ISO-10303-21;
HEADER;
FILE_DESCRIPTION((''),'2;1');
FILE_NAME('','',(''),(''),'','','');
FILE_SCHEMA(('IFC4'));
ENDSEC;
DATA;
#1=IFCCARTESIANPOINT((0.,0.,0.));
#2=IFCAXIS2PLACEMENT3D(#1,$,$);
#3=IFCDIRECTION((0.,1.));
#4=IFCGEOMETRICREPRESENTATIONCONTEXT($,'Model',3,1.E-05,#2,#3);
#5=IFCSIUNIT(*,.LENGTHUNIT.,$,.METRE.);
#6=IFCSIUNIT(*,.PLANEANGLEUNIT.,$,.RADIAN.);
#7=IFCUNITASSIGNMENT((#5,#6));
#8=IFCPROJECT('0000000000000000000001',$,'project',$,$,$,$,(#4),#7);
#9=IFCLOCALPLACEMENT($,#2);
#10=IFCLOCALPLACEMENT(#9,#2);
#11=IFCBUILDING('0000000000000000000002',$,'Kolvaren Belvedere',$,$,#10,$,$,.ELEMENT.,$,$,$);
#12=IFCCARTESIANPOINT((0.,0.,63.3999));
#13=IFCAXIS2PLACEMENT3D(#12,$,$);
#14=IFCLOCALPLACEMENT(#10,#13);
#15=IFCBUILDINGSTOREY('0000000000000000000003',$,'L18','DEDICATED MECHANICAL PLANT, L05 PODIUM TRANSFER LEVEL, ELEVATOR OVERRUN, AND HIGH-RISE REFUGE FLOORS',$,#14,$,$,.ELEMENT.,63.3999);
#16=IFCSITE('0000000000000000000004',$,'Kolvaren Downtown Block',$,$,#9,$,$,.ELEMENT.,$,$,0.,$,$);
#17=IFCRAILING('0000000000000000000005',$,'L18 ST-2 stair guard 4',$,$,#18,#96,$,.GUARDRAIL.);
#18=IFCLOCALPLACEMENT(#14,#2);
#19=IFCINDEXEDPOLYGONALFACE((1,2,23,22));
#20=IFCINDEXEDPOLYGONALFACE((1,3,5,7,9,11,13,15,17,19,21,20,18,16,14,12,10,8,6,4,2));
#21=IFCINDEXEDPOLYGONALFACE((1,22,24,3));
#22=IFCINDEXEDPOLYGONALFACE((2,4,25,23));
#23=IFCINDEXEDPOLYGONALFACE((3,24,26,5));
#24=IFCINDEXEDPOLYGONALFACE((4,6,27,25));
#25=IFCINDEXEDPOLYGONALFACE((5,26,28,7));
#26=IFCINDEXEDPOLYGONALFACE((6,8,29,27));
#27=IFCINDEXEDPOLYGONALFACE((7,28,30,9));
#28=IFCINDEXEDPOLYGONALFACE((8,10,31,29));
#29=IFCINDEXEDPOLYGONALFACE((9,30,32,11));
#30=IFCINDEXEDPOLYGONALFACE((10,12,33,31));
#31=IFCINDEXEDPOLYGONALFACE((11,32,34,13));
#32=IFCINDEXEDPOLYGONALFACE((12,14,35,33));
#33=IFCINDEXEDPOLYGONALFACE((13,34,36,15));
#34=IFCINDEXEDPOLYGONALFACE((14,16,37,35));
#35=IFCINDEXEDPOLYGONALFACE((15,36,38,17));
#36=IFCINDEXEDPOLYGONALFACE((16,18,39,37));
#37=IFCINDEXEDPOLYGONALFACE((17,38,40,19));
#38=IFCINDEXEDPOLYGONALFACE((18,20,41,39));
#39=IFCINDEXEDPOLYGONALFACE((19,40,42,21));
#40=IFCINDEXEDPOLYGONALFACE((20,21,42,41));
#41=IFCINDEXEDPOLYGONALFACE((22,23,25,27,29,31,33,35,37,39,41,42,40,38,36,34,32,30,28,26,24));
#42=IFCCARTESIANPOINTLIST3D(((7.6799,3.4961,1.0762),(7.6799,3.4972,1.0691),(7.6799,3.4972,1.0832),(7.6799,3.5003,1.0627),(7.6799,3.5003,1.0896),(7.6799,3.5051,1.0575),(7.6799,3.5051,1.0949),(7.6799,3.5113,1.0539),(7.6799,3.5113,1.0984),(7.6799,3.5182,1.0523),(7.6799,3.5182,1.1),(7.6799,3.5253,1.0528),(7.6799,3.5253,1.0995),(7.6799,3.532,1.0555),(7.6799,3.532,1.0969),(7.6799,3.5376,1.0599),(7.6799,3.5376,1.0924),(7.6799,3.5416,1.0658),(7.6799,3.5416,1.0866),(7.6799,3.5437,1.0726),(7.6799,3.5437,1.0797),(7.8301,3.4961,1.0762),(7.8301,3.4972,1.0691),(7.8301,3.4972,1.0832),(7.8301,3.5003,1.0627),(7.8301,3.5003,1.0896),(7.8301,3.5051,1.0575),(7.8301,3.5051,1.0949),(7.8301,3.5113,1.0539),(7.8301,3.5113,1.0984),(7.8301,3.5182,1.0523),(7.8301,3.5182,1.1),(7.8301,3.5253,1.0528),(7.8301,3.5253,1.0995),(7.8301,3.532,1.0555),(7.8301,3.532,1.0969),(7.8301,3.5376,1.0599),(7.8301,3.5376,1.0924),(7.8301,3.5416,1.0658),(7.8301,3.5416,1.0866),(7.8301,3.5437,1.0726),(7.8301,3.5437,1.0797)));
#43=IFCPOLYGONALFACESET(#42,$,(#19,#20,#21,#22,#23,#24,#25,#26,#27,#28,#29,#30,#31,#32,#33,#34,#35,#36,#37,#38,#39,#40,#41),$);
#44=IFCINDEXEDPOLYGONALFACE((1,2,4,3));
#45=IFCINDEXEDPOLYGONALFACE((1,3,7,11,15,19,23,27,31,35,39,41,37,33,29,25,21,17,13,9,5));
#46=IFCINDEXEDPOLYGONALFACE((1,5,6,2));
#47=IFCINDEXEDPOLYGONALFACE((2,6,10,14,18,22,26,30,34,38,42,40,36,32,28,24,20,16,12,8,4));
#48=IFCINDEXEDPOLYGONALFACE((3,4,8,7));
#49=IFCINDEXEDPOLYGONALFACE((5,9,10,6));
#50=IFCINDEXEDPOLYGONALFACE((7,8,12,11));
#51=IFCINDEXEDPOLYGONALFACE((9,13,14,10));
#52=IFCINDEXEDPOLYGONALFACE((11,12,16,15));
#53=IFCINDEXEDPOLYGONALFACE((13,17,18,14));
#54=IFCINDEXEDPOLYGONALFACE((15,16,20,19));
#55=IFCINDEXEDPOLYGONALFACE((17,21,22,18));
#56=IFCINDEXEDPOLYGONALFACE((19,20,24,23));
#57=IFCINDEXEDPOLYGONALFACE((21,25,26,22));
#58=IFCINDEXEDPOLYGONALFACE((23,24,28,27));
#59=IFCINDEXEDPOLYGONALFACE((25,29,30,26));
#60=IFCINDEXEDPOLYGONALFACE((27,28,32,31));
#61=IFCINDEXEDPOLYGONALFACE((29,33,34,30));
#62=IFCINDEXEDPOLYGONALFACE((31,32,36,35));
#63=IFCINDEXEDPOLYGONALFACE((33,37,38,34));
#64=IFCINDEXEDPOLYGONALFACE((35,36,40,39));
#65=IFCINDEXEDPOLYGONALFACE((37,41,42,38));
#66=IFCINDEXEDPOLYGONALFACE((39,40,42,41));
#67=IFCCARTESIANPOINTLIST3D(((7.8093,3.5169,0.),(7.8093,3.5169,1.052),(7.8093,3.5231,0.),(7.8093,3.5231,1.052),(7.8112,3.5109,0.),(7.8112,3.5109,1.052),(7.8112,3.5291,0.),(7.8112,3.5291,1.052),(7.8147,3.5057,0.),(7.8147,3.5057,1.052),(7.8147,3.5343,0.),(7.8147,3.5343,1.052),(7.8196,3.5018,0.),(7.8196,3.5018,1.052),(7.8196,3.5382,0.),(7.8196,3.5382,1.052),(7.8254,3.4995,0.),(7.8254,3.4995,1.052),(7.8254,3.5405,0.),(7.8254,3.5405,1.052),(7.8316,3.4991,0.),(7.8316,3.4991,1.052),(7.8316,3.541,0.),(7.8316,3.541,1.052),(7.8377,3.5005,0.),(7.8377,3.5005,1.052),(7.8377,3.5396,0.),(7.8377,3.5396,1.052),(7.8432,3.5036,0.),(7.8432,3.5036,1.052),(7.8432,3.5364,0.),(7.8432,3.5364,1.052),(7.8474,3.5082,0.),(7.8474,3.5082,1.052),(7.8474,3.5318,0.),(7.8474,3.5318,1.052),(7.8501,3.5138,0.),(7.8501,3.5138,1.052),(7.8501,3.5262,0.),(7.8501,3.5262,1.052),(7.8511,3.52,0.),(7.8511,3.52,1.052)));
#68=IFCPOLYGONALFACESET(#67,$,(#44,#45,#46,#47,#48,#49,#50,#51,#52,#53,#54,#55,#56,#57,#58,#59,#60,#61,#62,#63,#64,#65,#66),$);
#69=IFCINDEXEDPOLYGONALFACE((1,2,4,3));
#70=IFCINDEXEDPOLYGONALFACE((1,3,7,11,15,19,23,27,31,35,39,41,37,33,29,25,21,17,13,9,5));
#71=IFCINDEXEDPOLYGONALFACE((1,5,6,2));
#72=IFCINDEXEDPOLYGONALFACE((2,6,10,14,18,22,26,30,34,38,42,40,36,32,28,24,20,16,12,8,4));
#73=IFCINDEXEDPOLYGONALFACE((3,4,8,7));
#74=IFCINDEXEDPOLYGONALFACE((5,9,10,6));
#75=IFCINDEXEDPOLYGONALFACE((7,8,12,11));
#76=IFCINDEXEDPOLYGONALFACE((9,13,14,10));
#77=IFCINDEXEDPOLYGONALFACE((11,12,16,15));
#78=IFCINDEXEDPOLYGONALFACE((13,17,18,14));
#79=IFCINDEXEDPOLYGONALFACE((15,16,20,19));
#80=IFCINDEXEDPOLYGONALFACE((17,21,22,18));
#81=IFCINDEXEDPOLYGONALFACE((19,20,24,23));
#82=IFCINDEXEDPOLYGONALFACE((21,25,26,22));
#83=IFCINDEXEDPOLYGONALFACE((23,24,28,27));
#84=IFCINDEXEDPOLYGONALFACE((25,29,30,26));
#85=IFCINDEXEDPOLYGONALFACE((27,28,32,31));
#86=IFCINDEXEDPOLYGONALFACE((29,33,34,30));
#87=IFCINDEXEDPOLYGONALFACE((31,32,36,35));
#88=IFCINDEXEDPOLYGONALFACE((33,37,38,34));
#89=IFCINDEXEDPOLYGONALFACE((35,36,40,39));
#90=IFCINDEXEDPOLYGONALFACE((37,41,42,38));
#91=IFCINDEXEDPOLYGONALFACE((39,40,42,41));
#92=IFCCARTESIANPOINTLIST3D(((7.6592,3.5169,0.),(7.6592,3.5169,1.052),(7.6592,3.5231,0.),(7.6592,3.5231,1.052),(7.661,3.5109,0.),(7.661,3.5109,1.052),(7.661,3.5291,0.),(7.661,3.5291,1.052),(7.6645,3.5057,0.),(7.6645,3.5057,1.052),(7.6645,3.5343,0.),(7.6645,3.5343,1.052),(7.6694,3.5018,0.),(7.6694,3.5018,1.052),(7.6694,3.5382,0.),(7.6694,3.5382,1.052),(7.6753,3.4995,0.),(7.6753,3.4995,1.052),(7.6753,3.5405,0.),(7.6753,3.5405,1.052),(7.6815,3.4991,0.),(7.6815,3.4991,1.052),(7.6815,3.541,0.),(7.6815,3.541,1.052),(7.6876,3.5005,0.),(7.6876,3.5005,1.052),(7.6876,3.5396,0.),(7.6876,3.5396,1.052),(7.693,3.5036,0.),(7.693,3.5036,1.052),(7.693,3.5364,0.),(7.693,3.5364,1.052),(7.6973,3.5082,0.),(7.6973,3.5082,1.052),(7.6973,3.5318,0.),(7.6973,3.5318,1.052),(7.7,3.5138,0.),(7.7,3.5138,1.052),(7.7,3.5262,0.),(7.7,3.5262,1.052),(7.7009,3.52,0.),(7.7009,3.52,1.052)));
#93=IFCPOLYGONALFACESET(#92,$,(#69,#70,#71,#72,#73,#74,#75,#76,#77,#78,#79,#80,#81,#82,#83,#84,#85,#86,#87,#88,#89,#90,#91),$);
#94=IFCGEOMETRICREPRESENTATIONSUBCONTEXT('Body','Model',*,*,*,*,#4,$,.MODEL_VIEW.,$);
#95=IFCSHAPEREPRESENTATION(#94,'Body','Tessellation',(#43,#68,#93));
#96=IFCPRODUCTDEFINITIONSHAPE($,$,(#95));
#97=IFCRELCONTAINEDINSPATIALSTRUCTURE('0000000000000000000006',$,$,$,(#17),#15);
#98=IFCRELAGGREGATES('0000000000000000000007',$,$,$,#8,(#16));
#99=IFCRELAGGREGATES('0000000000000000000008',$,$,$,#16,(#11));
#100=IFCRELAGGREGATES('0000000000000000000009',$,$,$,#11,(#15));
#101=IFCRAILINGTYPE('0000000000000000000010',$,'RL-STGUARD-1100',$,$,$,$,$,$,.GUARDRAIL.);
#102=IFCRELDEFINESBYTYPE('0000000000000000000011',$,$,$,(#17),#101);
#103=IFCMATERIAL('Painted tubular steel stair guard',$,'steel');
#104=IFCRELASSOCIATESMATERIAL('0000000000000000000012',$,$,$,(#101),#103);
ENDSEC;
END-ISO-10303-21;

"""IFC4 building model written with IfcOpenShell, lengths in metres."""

from ifc_helpers import new_model, si_unit, direction, frame, origin, origin_2d, place, context, subcontext, project, spatial, circle, extrude, material, type_object, element, save


model = new_model("IFC4")

# Units and contexts
model_context = context("Model", 3, precision=1e-05, world=origin(), true_north=direction((0.0, 1.0)))
body_context = subcontext(model_context, "Body", "Model", "MODEL_VIEW")
ifc_project = project(units=[si_unit("LENGTHUNIT", "METRE"), si_unit("PLANEANGLEUNIT", "RADIAN")], contexts=[model_context])

# Site, building, storey
site_placement = place(None, origin())
site = spatial("IfcSite", under=ifc_project, at=site_placement, Name="Kolvaren Downtown Block", CompositionType="ELEMENT", RefElevation=0.0)
building_placement = place(site_placement, origin())
building = spatial("IfcBuilding", under=site, at=building_placement, Name="Kolvaren Belvedere", CompositionType="ELEMENT")
storey_placement = place(building_placement, frame((0.0, 0.0, 63.3999)))
storey = spatial("IfcBuildingStorey", under=building, at=storey_placement, Name="L18", Description="DEDICATED MECHANICAL PLANT, L05 PODIUM TRANSFER LEVEL, ELEVATOR OVERRUN, AND HIGH-RISE REFUGE FLOORS", CompositionType="ELEMENT", Elevation=63.3999)

# Railing
ifc_material_1 = material(Name="Painted tubular steel stair guard", Category="steel")
railing_type_1 = type_object("IfcRailingType", Name="RL-STGUARD-1100", PredefinedType="GUARDRAIL", material=ifc_material_1)
railing_1_placement = place(storey_placement, frame((7.8301, 3.52, 0.0)))
element("IfcRailing", 1, at=railing_1_placement, inside=storey, type_object=railing_type_1, Name="L18 ST-2 stair guard 4", PredefinedType="GUARDRAIL", context=body_context, shape_type="SweptSolid", body=[
    extrude(circle(Radius=0.0239, at=origin_2d()), frame((0.0, 0.0, 1.0762), z_axis=(-1.0, 0.0, 0.0), x_axis=(0.0, -1.0, 0.0)), (0.0, 0.0, 1.0), 0.1501),
    extrude(circle(Radius=0.021, at=origin_2d()), origin(), (0.0, 0.0, 1.0), 1.052),
    extrude(circle(Radius=0.021, at=origin_2d()), frame((-0.1501, 0.0, 0.0)), (0.0, 0.0, 1.0), 1.052),
])

save(model, "model.ifc")
